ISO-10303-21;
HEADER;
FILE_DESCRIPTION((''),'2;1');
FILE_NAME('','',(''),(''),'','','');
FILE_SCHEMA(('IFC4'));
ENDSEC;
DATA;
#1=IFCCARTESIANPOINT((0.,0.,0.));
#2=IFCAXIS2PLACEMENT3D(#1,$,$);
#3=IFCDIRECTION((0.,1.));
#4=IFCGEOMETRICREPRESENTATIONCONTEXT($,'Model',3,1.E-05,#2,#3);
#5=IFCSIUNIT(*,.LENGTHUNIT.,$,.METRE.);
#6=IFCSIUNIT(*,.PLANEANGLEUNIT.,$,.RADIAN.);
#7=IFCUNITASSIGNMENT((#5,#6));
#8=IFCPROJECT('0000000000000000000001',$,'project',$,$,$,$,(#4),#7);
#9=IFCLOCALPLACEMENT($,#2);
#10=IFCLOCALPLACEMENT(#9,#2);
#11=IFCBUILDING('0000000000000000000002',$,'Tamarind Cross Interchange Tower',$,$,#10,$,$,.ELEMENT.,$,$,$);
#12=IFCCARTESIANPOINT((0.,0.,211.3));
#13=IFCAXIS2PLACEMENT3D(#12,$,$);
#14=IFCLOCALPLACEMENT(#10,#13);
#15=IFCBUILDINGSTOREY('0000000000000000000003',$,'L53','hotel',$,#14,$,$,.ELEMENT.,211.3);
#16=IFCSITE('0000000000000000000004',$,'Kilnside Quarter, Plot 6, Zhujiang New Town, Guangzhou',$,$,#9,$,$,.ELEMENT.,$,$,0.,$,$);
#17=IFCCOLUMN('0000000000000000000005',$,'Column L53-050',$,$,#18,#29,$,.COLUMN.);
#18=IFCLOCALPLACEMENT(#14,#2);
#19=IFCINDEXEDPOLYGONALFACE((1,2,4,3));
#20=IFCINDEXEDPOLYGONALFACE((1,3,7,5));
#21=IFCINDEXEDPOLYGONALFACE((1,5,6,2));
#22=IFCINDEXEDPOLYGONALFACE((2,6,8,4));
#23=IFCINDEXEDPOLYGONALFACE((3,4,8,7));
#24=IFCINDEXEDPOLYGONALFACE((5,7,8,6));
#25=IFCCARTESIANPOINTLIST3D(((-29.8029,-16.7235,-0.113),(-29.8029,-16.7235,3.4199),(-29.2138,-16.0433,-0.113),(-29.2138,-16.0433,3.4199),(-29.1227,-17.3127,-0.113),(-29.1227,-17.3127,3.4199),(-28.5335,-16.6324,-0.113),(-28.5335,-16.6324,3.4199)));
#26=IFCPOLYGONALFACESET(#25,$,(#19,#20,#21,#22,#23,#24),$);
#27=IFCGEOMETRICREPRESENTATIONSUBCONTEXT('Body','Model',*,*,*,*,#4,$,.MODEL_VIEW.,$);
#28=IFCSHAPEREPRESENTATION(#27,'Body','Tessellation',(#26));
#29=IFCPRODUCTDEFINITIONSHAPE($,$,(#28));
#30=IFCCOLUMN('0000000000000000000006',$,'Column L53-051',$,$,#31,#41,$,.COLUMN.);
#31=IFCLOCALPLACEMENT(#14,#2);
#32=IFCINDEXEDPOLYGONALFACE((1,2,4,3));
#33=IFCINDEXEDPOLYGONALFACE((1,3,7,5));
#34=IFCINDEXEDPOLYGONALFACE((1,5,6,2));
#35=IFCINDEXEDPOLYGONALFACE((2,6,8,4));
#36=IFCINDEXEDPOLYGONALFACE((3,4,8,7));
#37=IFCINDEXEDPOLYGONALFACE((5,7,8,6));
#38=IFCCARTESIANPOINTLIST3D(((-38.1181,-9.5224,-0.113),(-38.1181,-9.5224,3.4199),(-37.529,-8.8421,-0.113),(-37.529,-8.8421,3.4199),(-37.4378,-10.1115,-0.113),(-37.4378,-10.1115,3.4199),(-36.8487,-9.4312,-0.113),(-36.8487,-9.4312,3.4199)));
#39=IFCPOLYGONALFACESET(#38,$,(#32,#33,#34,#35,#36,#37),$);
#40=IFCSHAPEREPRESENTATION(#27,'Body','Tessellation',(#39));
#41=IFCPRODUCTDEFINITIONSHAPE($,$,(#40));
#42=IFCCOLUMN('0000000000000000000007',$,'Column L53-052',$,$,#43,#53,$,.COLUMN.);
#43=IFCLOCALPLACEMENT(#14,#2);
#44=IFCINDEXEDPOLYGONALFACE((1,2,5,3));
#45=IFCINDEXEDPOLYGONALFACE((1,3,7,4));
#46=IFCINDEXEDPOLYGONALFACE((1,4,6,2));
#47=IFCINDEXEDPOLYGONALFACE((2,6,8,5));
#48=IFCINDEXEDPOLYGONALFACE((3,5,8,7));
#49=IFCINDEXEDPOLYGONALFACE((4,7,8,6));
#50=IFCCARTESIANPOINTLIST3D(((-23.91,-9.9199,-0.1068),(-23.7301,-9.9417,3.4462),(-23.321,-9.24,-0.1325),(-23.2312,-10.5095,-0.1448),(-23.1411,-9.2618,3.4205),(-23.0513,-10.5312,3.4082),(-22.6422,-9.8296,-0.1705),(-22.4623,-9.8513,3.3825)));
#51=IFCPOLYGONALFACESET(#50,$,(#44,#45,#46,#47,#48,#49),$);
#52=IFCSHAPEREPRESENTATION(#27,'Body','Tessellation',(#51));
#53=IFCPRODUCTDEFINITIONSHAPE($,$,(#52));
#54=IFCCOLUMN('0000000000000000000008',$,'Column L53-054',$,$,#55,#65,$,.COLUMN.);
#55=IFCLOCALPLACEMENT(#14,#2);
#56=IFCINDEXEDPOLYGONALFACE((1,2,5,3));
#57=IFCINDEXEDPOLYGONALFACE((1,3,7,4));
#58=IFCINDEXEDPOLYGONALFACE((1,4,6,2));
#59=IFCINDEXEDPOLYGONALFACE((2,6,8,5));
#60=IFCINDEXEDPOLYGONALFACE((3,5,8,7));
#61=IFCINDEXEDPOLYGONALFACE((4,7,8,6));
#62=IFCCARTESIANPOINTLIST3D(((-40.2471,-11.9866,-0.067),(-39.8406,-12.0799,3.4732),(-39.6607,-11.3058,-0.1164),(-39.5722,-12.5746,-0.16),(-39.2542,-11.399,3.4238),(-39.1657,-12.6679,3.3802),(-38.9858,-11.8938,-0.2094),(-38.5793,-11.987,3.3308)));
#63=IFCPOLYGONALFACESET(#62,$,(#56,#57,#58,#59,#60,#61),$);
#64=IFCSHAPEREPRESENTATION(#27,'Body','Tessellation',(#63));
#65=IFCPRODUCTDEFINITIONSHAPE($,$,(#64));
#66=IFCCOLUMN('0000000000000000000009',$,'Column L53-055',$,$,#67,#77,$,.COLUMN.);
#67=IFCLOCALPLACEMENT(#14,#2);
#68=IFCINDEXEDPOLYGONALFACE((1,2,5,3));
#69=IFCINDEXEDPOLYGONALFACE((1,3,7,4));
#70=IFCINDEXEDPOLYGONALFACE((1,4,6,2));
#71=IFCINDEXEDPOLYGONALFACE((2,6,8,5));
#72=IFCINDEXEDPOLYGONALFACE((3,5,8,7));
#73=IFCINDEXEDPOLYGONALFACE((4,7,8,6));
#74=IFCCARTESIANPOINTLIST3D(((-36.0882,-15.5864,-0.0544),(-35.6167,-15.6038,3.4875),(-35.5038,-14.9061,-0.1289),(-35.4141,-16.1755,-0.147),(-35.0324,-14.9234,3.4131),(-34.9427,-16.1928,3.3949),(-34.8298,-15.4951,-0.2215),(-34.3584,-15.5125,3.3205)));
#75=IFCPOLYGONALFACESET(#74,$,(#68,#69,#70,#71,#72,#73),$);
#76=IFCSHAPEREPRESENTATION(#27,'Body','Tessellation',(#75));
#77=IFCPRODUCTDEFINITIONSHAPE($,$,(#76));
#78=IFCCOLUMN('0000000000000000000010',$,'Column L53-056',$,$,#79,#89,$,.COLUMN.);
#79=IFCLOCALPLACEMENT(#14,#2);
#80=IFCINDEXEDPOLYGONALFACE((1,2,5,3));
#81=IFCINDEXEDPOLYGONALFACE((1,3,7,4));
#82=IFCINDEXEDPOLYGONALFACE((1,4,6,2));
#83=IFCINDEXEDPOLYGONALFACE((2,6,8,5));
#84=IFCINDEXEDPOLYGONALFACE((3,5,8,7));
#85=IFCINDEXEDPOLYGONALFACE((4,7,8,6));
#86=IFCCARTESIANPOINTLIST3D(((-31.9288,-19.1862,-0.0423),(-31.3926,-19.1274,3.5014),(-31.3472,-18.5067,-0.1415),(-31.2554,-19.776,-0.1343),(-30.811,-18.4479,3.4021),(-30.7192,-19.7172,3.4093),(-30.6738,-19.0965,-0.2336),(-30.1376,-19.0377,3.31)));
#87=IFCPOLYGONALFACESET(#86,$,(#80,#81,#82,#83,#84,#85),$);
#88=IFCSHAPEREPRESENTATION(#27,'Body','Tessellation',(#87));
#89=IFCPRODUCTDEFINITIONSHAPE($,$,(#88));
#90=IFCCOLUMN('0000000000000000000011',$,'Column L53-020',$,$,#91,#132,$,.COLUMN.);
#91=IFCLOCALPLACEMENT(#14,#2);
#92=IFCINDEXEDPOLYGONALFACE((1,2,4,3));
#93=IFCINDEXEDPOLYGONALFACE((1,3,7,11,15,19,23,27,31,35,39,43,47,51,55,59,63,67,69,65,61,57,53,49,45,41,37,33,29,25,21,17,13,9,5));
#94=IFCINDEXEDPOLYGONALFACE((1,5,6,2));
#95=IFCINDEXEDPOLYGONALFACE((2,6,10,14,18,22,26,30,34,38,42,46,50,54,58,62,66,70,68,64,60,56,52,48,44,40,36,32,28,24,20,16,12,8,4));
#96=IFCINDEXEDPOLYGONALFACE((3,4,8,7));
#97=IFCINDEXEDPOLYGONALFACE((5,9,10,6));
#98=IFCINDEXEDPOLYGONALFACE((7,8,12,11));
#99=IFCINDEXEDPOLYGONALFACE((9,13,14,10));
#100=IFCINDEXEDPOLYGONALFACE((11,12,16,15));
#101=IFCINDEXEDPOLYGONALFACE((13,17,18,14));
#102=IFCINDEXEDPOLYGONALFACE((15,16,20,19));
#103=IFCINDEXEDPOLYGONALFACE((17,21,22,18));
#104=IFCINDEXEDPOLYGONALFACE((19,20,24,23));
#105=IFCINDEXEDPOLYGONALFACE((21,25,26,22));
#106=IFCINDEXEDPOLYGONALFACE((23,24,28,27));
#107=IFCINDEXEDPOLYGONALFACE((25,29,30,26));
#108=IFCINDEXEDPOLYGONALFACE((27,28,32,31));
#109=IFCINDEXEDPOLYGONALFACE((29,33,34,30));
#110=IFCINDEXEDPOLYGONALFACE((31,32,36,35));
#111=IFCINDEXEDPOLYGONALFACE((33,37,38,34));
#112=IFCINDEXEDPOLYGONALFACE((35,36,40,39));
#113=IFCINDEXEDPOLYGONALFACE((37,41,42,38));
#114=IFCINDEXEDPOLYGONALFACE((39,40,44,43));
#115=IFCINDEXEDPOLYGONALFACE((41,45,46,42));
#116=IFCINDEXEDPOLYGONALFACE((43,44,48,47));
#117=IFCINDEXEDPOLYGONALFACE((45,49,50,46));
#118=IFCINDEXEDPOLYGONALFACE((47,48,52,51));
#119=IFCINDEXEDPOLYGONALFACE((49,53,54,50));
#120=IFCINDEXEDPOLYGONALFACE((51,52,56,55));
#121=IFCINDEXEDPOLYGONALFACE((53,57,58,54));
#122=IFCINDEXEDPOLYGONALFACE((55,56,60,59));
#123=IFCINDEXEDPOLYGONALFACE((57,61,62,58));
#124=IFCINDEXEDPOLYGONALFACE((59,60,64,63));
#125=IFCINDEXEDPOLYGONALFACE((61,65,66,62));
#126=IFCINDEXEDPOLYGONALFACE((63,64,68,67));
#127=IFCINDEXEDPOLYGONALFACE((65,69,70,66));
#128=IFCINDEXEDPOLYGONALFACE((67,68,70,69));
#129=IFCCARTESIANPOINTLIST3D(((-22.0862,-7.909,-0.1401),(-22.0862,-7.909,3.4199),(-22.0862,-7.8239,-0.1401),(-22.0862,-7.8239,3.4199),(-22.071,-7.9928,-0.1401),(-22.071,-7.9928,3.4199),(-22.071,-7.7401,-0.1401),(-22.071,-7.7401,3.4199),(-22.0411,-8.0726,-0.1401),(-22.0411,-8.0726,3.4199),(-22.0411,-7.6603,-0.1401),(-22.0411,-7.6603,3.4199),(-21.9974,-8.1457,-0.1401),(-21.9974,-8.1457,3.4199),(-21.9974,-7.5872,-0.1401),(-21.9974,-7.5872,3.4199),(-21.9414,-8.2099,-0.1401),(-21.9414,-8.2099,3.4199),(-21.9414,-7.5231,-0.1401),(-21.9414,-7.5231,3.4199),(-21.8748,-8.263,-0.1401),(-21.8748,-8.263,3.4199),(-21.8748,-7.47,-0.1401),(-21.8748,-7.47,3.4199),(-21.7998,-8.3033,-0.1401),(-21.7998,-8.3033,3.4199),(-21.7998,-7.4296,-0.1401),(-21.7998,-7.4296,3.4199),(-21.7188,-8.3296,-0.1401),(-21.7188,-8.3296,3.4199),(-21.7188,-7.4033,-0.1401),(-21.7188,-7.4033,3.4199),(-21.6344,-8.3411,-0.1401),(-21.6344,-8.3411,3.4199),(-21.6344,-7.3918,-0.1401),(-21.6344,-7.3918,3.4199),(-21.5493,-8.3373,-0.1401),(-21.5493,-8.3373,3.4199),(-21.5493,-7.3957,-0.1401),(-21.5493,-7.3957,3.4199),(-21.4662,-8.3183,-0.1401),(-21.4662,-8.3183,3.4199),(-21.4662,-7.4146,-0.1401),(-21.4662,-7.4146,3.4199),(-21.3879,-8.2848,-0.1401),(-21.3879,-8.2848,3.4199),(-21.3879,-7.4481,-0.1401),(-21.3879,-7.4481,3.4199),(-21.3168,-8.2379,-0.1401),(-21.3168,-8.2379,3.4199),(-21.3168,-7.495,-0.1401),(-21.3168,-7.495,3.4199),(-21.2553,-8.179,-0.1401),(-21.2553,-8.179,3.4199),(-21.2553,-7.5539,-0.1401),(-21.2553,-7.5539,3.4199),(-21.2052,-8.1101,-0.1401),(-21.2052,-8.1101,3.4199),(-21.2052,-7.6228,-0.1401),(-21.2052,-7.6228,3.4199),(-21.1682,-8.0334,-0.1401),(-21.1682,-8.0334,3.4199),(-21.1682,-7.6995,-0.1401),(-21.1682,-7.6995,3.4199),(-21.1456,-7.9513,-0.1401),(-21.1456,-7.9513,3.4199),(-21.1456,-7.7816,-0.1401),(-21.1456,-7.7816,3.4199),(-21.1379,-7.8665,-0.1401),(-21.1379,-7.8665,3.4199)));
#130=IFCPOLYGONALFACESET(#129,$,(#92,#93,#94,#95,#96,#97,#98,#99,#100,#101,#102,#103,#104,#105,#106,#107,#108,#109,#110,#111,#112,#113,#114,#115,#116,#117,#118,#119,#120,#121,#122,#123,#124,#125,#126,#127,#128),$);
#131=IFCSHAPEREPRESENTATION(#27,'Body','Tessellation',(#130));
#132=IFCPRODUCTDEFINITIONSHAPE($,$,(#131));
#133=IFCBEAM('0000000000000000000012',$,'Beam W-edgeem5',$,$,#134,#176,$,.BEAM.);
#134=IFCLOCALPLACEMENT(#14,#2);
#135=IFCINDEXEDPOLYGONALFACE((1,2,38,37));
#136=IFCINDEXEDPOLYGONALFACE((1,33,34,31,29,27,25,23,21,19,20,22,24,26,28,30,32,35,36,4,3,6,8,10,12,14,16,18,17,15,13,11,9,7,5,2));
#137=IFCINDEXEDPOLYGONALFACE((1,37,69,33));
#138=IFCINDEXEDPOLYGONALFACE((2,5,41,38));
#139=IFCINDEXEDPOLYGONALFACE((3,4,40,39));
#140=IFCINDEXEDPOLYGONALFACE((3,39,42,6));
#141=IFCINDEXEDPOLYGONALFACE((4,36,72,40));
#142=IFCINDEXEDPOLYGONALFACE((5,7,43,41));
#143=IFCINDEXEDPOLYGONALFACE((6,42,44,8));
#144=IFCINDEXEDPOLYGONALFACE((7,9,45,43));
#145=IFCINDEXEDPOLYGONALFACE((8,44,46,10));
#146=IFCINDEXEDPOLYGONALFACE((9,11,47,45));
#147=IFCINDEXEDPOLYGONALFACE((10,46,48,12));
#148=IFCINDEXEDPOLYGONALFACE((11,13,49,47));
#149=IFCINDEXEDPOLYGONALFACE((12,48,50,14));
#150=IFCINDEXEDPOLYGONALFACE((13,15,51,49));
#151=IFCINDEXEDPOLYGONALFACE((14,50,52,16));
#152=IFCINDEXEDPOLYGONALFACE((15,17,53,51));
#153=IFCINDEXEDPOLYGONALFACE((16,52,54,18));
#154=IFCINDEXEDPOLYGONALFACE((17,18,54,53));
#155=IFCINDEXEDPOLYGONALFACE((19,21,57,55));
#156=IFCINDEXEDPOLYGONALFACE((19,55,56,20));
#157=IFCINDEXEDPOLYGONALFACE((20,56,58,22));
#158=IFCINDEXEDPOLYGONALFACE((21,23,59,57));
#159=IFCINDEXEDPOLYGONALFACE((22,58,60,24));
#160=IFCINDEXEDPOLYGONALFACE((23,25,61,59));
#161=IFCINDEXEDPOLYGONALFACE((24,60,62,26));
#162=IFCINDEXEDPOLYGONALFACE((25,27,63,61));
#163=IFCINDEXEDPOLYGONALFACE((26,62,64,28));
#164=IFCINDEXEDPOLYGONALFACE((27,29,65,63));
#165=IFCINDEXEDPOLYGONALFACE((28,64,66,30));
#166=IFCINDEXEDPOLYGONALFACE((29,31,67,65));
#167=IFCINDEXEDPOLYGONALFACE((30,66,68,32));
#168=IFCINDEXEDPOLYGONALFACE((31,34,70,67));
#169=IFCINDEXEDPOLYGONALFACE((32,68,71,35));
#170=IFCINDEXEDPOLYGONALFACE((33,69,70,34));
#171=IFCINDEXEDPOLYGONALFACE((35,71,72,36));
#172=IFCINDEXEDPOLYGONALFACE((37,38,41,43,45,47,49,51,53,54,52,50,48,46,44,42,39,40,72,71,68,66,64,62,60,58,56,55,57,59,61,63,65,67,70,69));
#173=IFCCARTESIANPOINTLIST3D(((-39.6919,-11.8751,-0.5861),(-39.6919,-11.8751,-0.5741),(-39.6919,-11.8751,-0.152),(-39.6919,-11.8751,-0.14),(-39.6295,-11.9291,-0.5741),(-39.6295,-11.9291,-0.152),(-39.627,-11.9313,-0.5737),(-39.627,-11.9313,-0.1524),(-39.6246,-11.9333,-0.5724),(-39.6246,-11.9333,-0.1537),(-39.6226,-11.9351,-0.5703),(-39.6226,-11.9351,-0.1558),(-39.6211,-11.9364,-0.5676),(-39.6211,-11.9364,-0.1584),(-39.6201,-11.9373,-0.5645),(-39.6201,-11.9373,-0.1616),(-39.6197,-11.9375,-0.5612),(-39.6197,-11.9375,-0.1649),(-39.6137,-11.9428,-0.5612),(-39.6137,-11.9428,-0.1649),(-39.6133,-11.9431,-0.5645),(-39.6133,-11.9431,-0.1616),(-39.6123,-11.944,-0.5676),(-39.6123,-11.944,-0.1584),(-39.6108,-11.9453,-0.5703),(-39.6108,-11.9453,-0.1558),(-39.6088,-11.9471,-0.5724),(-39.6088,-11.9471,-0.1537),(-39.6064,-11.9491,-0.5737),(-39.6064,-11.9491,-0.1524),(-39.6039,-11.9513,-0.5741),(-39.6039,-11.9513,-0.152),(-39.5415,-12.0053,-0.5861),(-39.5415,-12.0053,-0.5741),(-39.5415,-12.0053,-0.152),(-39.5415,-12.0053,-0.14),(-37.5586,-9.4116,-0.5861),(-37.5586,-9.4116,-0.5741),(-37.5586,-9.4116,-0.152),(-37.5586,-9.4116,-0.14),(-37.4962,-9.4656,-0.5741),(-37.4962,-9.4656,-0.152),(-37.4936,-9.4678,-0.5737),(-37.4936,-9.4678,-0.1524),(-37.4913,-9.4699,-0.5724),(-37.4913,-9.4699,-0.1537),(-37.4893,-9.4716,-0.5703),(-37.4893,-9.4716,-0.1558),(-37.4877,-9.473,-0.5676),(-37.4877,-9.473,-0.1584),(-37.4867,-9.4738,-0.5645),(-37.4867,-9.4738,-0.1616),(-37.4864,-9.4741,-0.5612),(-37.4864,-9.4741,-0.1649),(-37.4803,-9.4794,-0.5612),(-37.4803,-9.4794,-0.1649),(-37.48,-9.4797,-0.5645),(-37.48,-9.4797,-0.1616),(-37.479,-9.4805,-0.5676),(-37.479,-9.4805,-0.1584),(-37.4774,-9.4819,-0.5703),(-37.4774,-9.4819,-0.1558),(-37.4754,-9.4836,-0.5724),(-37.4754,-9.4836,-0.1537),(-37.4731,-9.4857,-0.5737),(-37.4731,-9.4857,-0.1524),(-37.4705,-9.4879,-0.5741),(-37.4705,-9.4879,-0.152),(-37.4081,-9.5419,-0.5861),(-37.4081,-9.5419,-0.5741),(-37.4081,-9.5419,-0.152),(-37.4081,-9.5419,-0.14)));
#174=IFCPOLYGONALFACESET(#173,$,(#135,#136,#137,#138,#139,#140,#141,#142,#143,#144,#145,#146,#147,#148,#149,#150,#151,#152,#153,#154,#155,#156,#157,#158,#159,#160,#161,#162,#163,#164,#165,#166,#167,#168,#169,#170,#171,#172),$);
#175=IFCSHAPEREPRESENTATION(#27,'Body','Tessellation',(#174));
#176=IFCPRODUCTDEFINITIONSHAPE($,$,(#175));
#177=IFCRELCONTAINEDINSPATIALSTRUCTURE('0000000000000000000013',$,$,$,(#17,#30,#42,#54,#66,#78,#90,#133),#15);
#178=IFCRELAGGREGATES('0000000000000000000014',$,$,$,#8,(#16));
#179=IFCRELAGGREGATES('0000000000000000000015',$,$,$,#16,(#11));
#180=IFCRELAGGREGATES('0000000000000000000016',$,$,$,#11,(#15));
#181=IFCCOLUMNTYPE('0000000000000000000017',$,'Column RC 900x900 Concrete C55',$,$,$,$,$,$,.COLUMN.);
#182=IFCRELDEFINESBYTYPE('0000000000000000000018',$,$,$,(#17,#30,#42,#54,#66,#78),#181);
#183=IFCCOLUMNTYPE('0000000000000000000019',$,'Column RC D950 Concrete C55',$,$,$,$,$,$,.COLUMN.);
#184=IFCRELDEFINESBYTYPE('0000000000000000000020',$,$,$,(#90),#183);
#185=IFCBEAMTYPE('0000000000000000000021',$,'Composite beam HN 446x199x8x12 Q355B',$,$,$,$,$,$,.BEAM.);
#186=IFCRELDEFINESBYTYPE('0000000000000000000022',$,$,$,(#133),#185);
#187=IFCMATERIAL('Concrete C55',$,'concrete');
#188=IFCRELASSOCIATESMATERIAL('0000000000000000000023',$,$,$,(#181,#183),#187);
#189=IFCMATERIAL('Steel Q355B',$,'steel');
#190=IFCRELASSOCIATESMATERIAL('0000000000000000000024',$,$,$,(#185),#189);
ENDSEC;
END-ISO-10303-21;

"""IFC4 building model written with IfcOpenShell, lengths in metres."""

from ifc_helpers import new_model, si_unit, direction, frame, origin, origin_2d, place, context, subcontext, project, spatial, rectangle, circle, i_section, extrude, material, material_profile, profile_set, type_object, element, save


model = new_model("IFC4")

# Units and contexts
model_context = context("Model", 3, precision=1e-05, world=origin(), true_north=direction((0.0, 1.0)))
body_context = subcontext(model_context, "Body", "Model", "MODEL_VIEW")
ifc_project = project(units=[si_unit("LENGTHUNIT", "METRE"), si_unit("PLANEANGLEUNIT", "RADIAN")], contexts=[model_context])

# Site, building, storey
site_placement = place(None, origin())
site = spatial("IfcSite", under=ifc_project, at=site_placement, Name="Kilnside Quarter, Plot 6, Zhujiang New Town, Guangzhou", CompositionType="ELEMENT", RefElevation=0.0)
building_placement = place(site_placement, origin())
building = spatial("IfcBuilding", under=site, at=building_placement, Name="Tamarind Cross Interchange Tower", CompositionType="ELEMENT")
storey_placement = place(building_placement, frame((0.0, 0.0, 211.3)))
storey = spatial("IfcBuildingStorey", under=building, at=storey_placement, Name="L53", Description="hotel", CompositionType="ELEMENT", Elevation=211.3)

# Columns
ifc_material_1 = material(Name="Concrete C55", Category="concrete")
ifc_material_profile_1 = material_profile(ifc_material_1, rectangle(XDim=0.8999, YDim=0.8999, at=origin_2d()), Name="RC 900x900")
ifc_profile_set_1 = profile_set([ifc_material_profile_1], Name="Concrete C55")
column_type_1 = type_object("IfcColumnType", Name="Column RC 900x900 Concrete C55", PredefinedType="COLUMN", material=ifc_profile_set_1)
for number, where, z_axis, x_axis, name in (
    (1, (-29.1682, -16.678, -0.113), (0.0, 0.0, 1.0), (0.654667, 0.755917, 0.0), "Column L53-050"),
    (2, (-37.4834, -9.4768, -0.113), (0.0, 0.0, 1.0), (0.654667, 0.755917, 0.0), "Column L53-051"),
):
    element("IfcColumn", number, at=place(storey_placement, frame(where, z_axis=z_axis, x_axis=x_axis)), inside=storey, type_object=column_type_1, Name=name, PredefinedType="COLUMN", context=body_context, shape_type="SweptSolid", body=[
        extrude(rectangle(XDim=0.8999, YDim=0.8999, at=origin_2d()), origin(), (0.0, 0.0, 1.0), 3.533),
    ])
column_1_placement = place(storey_placement, frame((-23.2761, -9.8748, -0.1387), z_axis=(0.050577, -0.006108, 0.998702), x_axis=(-0.754345, 0.65512, 0.042208)))
element("IfcColumn", 3, at=column_1_placement, inside=storey, type_object=column_type_1, Name="Column L53-052", PredefinedType="COLUMN", context=body_context, shape_type="SweptSolid", body=[
    extrude(rectangle(XDim=0.8999, YDim=0.8999, at=origin_2d()), origin(), (0.0, 0.0, 1.0), 3.5576),
])
column_2_placement = place(storey_placement, frame((-39.6165, -11.9402, -0.1382), z_axis=(0.114031, -0.026162, 0.993133), x_axis=(-0.749922, 0.653409, 0.103319)))
element("IfcColumn", 4, at=column_2_placement, inside=storey, type_object=column_type_1, Name="Column L53-054", PredefinedType="COLUMN", context=body_context, shape_type="SweptSolid", body=[
    extrude(rectangle(XDim=0.8999, YDim=0.8999, at=origin_2d()), origin(), (0.0, 0.0, 1.0), 3.5647),
])
column_3_placement = place(storey_placement, frame((-35.459, -15.5408, -0.1379), z_axis=(0.131934, -0.004851, 0.991247), x_axis=(-0.748986, 0.654548, 0.102893)))
element("IfcColumn", 5, at=column_3_placement, inside=storey, type_object=column_type_1, Name="Column L53-055", PredefinedType="COLUMN", context=body_context, shape_type="SweptSolid", body=[
    extrude(rectangle(XDim=0.8999, YDim=0.8999, at=origin_2d()), origin(), (0.0, 0.0, 1.0), 3.5732),
])
column_4_placement = place(storey_placement, frame((-31.3013, -19.1414, -0.1379), z_axis=(0.149569, 0.016414, 0.988615), x_axis=(-0.748293, 0.655429, 0.102328)))
element("IfcColumn", 6, at=column_4_placement, inside=storey, type_object=column_type_1, Name="Column L53-056", PredefinedType="COLUMN", context=body_context, shape_type="SweptSolid", body=[
    extrude(rectangle(XDim=0.8999, YDim=0.8999, at=origin_2d()), origin(), (0.0, 0.0, 1.0), 3.5845),
])
ifc_material_profile_2 = material_profile(ifc_material_1, circle(Radius=0.4751, at=origin_2d()), Name="RC D950")
ifc_profile_set_2 = profile_set([ifc_material_profile_2], Name="Concrete C55")
column_type_2 = type_object("IfcColumnType", Name="Column RC D950 Concrete C55", PredefinedType="COLUMN", material=ifc_profile_set_2)
column_5_placement = place(storey_placement, frame((-21.613, -7.8665, -0.1401), z_axis=(0.0, 0.0, 1.0), x_axis=(1.0, 0.0, 0.0)))
element("IfcColumn", 7, at=column_5_placement, inside=storey, type_object=column_type_2, Name="Column L53-020", PredefinedType="COLUMN", context=body_context, shape_type="SweptSolid", body=[
    extrude(circle(Radius=0.4751, at=origin_2d()), origin(), (0.0, 0.0, 1.0), 3.5601),
])

# Beam
ifc_material_2 = material(Name="Steel Q355B", Category="steel")
ifc_material_profile_3 = material_profile(ifc_material_2, i_section(OverallWidth=0.199, OverallDepth=0.446, WebThickness=0.0081, FlangeThickness=0.012, FilletRadius=0.0129, at=origin_2d()), Name="HN 446x199x8x12")
ifc_profile_set_3 = profile_set([ifc_material_profile_3], Name="Steel Q355B")
beam_type_1 = type_object("IfcBeamType", Name="Composite beam HN 446x199x8x12 Q355B", PredefinedType="BEAM", material=ifc_profile_set_3)
beam_1_placement = place(storey_placement, frame((-39.6167, -11.9402, -0.363), z_axis=(0.654645, 0.755936, 0.0), x_axis=(-0.755936, 0.654645, 0.0)))
element("IfcBeam", 8, at=beam_1_placement, inside=storey, type_object=beam_type_1, Name="Beam W-edgeem5", PredefinedType="BEAM", context=body_context, shape_type="SweptSolid", body=[
    extrude(i_section(OverallWidth=0.199, OverallDepth=0.446, WebThickness=0.0081, FlangeThickness=0.012, FilletRadius=0.0129, at=origin_2d()), origin(), (0.0, 0.0, 1.0), 3.2588),
])

save(model, "model.ifc")
